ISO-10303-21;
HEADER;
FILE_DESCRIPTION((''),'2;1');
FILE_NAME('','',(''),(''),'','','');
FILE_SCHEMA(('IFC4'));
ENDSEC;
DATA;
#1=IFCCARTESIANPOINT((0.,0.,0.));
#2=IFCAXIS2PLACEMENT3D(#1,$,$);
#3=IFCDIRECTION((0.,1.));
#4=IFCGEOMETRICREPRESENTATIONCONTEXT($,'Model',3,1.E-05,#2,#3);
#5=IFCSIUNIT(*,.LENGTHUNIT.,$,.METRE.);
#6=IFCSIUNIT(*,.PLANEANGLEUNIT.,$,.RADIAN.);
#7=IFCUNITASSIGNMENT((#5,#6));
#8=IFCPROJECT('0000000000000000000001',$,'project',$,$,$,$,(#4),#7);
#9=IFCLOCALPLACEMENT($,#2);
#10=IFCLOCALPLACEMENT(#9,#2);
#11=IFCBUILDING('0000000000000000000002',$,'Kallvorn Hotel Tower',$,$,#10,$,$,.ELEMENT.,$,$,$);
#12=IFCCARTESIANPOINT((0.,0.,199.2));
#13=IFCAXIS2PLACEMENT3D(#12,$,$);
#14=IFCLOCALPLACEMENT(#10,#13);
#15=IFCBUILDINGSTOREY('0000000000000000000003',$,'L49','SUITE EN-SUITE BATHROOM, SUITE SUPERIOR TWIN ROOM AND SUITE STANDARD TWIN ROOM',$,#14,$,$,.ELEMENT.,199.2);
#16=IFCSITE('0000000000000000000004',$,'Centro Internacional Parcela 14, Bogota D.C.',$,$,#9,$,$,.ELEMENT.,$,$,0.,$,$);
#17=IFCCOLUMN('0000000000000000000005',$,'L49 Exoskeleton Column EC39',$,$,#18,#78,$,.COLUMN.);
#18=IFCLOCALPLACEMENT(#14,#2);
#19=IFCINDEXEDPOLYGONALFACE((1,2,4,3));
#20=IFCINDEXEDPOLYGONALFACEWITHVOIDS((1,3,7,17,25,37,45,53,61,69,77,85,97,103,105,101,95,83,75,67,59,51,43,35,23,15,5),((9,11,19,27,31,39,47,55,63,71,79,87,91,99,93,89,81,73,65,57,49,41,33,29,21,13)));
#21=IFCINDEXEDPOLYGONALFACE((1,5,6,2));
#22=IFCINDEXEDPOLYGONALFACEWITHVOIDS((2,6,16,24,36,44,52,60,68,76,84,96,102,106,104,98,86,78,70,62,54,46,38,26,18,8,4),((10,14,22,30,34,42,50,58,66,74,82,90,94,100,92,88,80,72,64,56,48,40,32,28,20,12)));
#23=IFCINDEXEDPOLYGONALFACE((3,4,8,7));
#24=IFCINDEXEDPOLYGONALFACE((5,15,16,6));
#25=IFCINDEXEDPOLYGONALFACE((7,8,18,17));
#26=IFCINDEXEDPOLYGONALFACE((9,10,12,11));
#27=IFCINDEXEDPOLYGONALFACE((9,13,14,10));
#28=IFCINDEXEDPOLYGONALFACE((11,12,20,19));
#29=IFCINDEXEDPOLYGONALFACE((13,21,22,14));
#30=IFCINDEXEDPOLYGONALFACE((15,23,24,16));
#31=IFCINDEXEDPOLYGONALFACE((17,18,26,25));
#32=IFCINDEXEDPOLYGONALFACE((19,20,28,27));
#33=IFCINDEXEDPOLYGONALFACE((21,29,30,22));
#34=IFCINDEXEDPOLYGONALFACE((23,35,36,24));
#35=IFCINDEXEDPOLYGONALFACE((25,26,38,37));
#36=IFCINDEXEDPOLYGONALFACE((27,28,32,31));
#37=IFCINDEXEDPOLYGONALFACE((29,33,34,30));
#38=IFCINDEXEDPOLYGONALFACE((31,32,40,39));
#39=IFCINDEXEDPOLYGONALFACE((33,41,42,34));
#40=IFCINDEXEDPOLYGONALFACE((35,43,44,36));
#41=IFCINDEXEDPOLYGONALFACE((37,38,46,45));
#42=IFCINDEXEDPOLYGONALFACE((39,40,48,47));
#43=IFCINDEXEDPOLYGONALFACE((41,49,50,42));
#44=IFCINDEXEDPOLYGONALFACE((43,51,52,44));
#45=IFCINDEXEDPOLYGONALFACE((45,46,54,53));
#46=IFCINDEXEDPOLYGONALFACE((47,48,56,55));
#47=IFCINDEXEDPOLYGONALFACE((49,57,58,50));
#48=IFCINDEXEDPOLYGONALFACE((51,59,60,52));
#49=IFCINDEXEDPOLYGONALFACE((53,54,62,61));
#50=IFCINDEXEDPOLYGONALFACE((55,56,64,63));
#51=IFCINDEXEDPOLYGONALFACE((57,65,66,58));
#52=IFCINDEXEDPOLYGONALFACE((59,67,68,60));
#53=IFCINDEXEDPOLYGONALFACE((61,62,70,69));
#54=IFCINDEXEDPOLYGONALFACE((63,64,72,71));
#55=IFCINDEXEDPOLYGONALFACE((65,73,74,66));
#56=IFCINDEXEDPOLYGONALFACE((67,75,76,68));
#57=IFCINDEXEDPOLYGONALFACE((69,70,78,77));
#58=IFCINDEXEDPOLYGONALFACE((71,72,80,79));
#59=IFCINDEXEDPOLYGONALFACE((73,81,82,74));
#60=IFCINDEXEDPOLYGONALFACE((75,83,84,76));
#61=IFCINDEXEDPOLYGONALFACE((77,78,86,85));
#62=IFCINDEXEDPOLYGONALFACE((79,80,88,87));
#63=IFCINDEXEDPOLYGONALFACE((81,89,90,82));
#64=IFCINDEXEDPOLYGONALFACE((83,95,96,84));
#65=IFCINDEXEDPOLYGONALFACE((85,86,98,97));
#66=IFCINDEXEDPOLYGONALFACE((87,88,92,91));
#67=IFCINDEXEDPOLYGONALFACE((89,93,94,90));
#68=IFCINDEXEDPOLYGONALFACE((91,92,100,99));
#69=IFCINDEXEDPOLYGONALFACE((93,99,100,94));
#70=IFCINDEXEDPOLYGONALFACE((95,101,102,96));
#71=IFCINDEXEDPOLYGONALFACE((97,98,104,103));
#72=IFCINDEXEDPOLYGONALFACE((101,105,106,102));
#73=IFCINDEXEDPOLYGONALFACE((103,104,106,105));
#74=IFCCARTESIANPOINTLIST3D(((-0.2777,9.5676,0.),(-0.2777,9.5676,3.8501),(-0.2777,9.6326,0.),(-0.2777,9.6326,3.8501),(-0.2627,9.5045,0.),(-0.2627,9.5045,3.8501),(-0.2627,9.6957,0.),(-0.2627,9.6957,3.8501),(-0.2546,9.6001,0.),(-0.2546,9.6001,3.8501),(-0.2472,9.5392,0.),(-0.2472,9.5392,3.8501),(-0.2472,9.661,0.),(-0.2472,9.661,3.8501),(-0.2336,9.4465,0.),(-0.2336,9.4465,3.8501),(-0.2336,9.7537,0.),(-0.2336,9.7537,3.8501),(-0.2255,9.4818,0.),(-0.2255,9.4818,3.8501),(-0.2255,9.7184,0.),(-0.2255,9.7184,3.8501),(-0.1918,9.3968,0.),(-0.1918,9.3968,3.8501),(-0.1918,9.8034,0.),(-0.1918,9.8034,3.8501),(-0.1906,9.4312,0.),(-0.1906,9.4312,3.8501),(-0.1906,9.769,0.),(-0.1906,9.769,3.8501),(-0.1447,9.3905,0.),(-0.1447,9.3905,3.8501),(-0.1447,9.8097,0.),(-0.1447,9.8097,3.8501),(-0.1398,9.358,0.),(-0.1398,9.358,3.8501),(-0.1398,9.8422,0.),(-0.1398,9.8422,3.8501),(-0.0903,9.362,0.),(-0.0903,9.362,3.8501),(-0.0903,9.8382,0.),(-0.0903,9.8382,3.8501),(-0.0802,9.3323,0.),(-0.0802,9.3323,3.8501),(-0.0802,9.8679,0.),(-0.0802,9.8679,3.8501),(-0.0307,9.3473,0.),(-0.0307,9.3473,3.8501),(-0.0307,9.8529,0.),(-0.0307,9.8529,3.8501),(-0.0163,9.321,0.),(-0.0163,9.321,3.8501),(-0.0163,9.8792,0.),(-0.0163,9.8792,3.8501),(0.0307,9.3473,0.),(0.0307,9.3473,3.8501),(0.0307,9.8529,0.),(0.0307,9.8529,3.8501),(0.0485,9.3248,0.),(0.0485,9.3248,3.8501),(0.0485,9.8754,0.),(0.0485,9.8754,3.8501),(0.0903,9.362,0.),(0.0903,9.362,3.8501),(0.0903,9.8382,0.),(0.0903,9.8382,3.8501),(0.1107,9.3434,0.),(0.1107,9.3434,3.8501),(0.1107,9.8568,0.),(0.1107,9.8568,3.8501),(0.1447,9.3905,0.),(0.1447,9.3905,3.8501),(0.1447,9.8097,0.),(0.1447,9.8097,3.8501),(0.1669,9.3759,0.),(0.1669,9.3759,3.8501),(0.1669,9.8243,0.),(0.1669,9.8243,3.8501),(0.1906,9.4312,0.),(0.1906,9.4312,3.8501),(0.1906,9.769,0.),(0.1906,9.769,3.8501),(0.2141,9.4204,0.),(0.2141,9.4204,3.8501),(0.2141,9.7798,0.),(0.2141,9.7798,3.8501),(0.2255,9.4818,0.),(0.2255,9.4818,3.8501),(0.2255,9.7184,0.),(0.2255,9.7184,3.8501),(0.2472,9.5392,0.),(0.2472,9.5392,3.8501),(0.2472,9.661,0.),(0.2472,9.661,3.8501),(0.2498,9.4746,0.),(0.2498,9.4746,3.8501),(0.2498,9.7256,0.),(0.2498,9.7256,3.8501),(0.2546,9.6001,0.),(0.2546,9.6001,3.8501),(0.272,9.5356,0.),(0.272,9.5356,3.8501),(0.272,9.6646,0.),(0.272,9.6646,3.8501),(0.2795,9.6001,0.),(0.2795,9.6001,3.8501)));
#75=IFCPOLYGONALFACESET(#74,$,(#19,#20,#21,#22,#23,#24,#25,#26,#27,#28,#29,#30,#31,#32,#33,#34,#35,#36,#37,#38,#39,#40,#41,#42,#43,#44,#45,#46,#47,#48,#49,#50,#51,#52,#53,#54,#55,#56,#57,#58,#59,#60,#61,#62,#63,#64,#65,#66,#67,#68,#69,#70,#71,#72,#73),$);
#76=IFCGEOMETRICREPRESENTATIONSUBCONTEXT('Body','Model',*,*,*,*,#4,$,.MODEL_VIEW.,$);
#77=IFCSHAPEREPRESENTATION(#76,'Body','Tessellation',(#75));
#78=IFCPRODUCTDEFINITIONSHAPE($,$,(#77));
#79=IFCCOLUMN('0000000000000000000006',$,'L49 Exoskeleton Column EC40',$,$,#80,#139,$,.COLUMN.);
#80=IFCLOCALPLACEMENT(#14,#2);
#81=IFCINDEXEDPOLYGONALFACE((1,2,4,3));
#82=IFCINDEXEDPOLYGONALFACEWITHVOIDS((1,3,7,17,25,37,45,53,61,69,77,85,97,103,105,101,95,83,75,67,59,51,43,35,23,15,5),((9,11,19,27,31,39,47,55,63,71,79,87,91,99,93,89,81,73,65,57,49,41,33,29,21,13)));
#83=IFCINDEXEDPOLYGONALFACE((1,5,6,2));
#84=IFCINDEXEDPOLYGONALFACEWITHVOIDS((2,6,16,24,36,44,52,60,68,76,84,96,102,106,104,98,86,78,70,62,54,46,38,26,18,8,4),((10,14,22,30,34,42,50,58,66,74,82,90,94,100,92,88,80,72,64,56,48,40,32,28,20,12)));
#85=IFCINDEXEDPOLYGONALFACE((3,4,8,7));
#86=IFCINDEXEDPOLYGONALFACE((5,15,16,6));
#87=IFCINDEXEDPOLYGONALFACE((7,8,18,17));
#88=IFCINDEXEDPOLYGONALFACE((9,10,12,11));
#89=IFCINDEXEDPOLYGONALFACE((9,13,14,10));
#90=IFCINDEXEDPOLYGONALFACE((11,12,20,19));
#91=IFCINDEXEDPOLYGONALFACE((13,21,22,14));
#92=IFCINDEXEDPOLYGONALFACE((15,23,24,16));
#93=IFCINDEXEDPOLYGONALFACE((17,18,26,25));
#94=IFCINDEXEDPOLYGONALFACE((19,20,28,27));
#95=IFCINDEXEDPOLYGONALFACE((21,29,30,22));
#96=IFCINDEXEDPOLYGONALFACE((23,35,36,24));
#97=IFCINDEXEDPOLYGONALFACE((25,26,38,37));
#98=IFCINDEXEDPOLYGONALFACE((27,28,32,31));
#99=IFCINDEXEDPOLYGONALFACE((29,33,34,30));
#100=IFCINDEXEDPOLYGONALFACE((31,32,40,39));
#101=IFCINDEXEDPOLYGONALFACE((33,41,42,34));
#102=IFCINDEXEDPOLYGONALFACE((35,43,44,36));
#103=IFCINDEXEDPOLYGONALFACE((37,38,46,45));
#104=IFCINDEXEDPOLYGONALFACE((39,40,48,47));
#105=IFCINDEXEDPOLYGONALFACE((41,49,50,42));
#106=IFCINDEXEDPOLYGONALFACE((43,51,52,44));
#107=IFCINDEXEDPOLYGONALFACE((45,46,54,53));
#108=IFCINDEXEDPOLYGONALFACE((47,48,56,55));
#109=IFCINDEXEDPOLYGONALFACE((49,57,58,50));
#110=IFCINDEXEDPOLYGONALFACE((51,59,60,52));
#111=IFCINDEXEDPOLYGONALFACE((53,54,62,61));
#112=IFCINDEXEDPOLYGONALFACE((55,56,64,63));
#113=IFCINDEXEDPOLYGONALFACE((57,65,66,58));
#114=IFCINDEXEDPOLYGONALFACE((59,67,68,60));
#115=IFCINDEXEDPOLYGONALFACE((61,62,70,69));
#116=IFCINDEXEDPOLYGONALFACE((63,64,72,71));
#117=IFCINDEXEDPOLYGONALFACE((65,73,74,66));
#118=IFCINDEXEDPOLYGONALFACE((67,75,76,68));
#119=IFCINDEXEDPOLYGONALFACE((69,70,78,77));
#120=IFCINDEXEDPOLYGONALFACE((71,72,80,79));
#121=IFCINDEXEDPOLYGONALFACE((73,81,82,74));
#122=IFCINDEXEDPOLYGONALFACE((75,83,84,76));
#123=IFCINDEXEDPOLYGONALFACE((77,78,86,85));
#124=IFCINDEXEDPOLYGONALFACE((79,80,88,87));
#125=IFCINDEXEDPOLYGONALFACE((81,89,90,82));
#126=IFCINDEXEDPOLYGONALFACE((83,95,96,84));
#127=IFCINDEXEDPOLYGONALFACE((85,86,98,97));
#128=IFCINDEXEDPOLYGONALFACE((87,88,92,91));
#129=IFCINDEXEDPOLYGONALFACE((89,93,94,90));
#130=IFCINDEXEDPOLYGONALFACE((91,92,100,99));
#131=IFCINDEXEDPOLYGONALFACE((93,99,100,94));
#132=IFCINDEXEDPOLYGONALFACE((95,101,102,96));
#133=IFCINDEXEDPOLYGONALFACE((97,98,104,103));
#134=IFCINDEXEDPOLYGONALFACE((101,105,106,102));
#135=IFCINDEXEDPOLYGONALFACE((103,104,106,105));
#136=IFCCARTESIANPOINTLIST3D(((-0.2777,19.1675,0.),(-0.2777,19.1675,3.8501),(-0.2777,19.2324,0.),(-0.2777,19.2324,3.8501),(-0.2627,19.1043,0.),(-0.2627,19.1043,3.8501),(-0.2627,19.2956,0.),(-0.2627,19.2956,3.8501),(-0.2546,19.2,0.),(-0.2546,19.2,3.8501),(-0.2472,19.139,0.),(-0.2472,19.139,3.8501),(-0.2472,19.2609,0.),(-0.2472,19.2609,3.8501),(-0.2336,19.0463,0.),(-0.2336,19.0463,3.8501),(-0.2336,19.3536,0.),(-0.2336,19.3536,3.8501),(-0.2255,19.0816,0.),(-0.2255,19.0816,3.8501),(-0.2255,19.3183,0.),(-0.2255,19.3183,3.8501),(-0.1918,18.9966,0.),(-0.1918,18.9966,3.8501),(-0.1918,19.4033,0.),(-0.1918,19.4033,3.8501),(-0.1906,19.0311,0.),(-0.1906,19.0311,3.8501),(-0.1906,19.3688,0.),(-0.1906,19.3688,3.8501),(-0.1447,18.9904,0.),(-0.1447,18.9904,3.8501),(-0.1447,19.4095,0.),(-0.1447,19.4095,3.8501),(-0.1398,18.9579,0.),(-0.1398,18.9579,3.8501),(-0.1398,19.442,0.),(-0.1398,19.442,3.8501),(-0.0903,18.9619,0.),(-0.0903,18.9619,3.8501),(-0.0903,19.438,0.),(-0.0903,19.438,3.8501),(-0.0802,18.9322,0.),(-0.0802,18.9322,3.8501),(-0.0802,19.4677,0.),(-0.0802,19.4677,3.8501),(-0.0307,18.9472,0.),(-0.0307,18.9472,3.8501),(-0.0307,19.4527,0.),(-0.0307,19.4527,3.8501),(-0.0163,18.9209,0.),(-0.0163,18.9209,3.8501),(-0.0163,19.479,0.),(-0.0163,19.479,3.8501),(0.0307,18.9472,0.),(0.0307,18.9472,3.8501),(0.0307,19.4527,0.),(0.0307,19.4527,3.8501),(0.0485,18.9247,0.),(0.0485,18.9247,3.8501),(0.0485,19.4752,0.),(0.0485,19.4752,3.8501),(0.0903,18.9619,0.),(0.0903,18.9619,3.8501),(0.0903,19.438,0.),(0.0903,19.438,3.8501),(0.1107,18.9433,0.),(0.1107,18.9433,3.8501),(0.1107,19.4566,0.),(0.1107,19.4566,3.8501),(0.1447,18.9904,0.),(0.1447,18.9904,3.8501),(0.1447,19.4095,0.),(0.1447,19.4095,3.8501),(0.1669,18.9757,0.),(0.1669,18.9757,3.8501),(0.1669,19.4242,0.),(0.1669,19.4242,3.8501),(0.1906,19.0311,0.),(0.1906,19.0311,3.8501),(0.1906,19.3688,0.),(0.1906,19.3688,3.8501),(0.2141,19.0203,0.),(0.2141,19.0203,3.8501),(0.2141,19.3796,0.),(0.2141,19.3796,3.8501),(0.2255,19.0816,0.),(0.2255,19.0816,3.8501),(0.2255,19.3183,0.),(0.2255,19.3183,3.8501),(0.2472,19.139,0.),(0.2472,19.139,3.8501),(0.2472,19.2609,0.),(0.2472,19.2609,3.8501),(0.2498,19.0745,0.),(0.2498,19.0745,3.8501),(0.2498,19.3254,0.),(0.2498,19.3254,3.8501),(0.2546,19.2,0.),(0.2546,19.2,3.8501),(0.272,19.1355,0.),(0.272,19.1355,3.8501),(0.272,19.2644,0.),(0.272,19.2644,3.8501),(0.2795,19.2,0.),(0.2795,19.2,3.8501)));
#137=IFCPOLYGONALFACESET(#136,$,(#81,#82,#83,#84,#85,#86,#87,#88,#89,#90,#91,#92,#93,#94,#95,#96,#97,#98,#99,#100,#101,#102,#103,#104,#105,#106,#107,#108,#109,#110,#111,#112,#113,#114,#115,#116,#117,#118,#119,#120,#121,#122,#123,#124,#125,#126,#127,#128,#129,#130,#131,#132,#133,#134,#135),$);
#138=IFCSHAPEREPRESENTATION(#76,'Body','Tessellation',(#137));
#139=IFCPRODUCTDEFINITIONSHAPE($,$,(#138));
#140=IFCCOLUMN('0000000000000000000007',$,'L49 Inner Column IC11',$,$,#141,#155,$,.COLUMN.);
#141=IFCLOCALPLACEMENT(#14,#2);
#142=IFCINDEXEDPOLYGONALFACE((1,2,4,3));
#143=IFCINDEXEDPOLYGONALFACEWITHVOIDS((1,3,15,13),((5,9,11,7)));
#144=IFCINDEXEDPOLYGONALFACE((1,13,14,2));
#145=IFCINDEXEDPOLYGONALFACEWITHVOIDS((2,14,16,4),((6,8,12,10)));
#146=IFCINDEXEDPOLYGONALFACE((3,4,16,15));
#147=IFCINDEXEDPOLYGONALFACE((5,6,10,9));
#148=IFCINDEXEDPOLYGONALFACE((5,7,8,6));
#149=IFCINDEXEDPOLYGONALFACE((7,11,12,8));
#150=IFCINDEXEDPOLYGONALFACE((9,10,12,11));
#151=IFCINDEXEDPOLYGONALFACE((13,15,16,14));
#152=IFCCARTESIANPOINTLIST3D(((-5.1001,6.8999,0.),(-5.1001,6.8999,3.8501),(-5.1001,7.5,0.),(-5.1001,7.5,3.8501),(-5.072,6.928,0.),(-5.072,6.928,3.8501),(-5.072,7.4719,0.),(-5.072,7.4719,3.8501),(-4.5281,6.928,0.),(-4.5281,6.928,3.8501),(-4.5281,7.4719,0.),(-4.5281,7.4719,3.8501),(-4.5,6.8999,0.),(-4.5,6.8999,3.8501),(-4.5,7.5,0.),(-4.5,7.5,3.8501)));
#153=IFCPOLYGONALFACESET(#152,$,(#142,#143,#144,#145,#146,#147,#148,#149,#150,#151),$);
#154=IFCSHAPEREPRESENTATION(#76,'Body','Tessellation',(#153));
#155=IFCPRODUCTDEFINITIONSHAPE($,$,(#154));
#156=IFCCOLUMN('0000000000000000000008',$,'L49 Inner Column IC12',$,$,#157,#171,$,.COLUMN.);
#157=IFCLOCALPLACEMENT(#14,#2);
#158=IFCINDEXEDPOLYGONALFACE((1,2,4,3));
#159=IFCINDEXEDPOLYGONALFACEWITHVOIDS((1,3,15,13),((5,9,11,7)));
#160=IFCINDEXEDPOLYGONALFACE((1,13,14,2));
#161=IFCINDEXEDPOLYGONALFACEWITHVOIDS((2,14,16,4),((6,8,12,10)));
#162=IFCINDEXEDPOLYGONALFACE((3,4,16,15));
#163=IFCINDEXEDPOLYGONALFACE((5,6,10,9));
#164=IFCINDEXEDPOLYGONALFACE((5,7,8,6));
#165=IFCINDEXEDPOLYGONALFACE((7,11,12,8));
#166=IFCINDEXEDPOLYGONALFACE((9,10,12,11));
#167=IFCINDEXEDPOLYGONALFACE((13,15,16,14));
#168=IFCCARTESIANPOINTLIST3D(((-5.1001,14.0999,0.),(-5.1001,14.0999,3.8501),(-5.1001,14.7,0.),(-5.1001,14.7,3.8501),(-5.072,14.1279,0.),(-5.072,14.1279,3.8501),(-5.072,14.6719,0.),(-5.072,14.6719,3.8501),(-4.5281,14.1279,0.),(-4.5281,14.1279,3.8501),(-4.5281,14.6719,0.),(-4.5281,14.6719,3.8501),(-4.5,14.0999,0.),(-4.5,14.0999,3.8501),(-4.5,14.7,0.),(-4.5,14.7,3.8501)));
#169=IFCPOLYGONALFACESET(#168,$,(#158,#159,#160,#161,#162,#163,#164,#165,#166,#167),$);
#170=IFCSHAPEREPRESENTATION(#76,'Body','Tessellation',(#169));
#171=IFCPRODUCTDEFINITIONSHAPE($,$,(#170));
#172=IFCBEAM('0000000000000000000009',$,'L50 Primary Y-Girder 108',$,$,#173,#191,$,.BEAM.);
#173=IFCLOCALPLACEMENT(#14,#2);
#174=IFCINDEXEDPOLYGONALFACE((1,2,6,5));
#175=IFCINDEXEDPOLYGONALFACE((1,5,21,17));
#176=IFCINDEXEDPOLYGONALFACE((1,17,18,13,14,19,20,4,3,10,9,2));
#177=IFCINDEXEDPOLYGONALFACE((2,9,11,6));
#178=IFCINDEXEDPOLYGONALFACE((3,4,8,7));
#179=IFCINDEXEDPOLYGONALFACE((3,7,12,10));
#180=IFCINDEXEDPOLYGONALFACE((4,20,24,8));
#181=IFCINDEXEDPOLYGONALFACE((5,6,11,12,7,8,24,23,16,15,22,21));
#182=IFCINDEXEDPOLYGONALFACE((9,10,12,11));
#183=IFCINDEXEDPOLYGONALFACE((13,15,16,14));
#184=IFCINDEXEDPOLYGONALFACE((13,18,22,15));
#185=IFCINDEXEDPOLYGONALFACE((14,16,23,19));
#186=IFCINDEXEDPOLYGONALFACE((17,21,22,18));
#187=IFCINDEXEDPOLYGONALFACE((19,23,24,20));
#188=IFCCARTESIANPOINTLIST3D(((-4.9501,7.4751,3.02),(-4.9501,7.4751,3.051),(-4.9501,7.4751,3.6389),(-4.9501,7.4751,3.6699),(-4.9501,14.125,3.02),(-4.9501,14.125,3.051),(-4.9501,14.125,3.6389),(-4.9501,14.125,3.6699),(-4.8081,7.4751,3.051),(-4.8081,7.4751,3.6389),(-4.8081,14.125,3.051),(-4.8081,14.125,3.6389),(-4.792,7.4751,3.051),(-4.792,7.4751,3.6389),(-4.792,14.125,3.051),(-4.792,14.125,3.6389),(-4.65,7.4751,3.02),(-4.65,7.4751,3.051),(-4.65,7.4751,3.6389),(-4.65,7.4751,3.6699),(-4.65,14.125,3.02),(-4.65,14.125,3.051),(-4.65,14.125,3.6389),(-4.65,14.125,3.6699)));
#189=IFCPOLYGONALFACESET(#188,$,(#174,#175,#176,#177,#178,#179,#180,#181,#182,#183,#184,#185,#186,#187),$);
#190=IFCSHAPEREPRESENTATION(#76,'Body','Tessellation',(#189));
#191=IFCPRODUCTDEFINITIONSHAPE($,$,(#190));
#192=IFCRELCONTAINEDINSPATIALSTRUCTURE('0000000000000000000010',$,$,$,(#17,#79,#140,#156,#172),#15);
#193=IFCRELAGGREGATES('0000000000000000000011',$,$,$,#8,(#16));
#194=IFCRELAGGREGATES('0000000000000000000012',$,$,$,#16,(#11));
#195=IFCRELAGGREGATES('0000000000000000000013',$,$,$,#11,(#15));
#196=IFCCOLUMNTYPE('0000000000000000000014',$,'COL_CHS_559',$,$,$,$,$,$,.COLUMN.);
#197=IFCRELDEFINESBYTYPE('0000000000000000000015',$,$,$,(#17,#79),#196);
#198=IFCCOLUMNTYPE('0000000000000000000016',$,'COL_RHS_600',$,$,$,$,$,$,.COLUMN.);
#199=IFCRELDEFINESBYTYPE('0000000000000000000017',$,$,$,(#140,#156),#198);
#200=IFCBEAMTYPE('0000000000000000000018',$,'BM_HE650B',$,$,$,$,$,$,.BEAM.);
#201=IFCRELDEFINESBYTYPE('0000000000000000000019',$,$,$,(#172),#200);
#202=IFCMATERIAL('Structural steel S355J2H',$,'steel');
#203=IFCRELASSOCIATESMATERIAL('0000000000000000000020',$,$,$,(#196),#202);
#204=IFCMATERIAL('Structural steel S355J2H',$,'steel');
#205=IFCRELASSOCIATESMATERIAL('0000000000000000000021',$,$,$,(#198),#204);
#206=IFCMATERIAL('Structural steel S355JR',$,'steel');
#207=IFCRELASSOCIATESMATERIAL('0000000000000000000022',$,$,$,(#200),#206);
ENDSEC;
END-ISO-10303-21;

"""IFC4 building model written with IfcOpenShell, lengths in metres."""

from ifc_helpers import new_model, si_unit, direction, frame, origin, origin_2d, place, context, subcontext, project, spatial, hollow_rectangle, hollow_circle, i_section, extrude, material, material_profile, profile_set, type_object, element, save


model = new_model("IFC4")

# Units and contexts
model_context = context("Model", 3, precision=1e-05, world=origin(), true_north=direction((0.0, 1.0)))
body_context = subcontext(model_context, "Body", "Model", "MODEL_VIEW")
ifc_project = project(units=[si_unit("LENGTHUNIT", "METRE"), si_unit("PLANEANGLEUNIT", "RADIAN")], contexts=[model_context])

# Site, building, storey
site_placement = place(None, origin())
site = spatial("IfcSite", under=ifc_project, at=site_placement, Name="Centro Internacional Parcela 14, Bogota D.C.", CompositionType="ELEMENT", RefElevation=0.0)
building_placement = place(site_placement, origin())
building = spatial("IfcBuilding", under=site, at=building_placement, Name="Kallvorn Hotel Tower", CompositionType="ELEMENT")
storey_placement = place(building_placement, frame((0.0, 0.0, 199.2)))
storey = spatial("IfcBuildingStorey", under=building, at=storey_placement, Name="L49", Description="SUITE EN-SUITE BATHROOM, SUITE SUPERIOR TWIN ROOM AND SUITE STANDARD TWIN ROOM", CompositionType="ELEMENT", Elevation=199.2)

# Columns
ifc_material_1 = material(Name="Structural steel S355J2H", Category="steel")
ifc_material_profile_1 = material_profile(ifc_material_1, hollow_circle(Radius=0.2795, WallThickness=0.0249, at=origin_2d()), Name="CHS 559x25")
ifc_profile_set_1 = profile_set([ifc_material_profile_1], Name="Structural steel S355J2H")
column_type_1 = type_object("IfcColumnType", Name="COL_CHS_559", PredefinedType="COLUMN", material=ifc_profile_set_1)
for number, where, z_axis, x_axis, name in (
    (1, (0.0, 9.6001, 0.0), (0.0, 0.0, 1.0), (1.0, 0.0, 0.0), "L49 Exoskeleton Column EC39"),
    (2, (0.0, 19.2, 0.0), (0.0, 0.0, 1.0), (1.0, 0.0, 0.0), "L49 Exoskeleton Column EC40"),
):
    element("IfcColumn", number, at=place(storey_placement, frame(where, z_axis=z_axis, x_axis=x_axis)), inside=storey, type_object=column_type_1, Name=name, PredefinedType="COLUMN", context=body_context, shape_type="SweptSolid", body=[
        extrude(hollow_circle(Radius=0.2795, WallThickness=0.0249, at=origin_2d()), origin(), (0.0, 0.0, 1.0), 3.8501),
    ])
ifc_material_2 = material(Name="Structural steel S355J2H", Category="steel")
ifc_material_profile_2 = material_profile(ifc_material_2, hollow_rectangle(XDim=0.6001, YDim=0.6001, WallThickness=0.0281, at=origin_2d()), Name="RHS 600x600x28")
ifc_profile_set_2 = profile_set([ifc_material_profile_2], Name="Structural steel S355J2H")
column_type_2 = type_object("IfcColumnType", Name="COL_RHS_600", PredefinedType="COLUMN", material=ifc_profile_set_2)
for number, where, z_axis, x_axis, name in (
    (3, (-4.8, 7.2, 0.0), (0.0, 0.0, 1.0), (1.0, 0.0, 0.0), "L49 Inner Column IC11"),
    (4, (-4.8, 14.3999, 0.0), (0.0, 0.0, 1.0), (1.0, 0.0, 0.0), "L49 Inner Column IC12"),
):
    element("IfcColumn", number, at=place(storey_placement, frame(where, z_axis=z_axis, x_axis=x_axis)), inside=storey, type_object=column_type_2, Name=name, PredefinedType="COLUMN", context=body_context, shape_type="SweptSolid", body=[
        extrude(hollow_rectangle(XDim=0.6001, YDim=0.6001, WallThickness=0.0281, at=origin_2d()), origin(), (0.0, 0.0, 1.0), 3.8501),
    ])

# Beam
ifc_material_3 = material(Name="Structural steel S355JR", Category="steel")
ifc_material_profile_3 = material_profile(ifc_material_3, i_section(OverallWidth=0.3, OverallDepth=0.6499, WebThickness=0.0161, FlangeThickness=0.031, at=origin_2d()), Name="HE 650 B")
ifc_profile_set_3 = profile_set([ifc_material_profile_3], Name="Structural steel S355JR")
beam_type_1 = type_object("IfcBeamType", Name="BM_HE650B", PredefinedType="BEAM", material=ifc_profile_set_3)
beam_1_placement = place(storey_placement, frame((-4.8, 7.4751, 3.345), z_axis=(0.0, 1.0, 0.0), x_axis=(-1.0, 0.0, 0.0)))
element("IfcBeam", 5, at=beam_1_placement, inside=storey, type_object=beam_type_1, Name="L50 Primary Y-Girder 108", PredefinedType="BEAM", context=body_context, shape_type="SweptSolid", body=[
    extrude(i_section(OverallWidth=0.3, OverallDepth=0.6499, WebThickness=0.0161, FlangeThickness=0.031, at=origin_2d()), origin(), (0.0, 0.0, 1.0), 6.6499),
])

save(model, "model.ifc")
